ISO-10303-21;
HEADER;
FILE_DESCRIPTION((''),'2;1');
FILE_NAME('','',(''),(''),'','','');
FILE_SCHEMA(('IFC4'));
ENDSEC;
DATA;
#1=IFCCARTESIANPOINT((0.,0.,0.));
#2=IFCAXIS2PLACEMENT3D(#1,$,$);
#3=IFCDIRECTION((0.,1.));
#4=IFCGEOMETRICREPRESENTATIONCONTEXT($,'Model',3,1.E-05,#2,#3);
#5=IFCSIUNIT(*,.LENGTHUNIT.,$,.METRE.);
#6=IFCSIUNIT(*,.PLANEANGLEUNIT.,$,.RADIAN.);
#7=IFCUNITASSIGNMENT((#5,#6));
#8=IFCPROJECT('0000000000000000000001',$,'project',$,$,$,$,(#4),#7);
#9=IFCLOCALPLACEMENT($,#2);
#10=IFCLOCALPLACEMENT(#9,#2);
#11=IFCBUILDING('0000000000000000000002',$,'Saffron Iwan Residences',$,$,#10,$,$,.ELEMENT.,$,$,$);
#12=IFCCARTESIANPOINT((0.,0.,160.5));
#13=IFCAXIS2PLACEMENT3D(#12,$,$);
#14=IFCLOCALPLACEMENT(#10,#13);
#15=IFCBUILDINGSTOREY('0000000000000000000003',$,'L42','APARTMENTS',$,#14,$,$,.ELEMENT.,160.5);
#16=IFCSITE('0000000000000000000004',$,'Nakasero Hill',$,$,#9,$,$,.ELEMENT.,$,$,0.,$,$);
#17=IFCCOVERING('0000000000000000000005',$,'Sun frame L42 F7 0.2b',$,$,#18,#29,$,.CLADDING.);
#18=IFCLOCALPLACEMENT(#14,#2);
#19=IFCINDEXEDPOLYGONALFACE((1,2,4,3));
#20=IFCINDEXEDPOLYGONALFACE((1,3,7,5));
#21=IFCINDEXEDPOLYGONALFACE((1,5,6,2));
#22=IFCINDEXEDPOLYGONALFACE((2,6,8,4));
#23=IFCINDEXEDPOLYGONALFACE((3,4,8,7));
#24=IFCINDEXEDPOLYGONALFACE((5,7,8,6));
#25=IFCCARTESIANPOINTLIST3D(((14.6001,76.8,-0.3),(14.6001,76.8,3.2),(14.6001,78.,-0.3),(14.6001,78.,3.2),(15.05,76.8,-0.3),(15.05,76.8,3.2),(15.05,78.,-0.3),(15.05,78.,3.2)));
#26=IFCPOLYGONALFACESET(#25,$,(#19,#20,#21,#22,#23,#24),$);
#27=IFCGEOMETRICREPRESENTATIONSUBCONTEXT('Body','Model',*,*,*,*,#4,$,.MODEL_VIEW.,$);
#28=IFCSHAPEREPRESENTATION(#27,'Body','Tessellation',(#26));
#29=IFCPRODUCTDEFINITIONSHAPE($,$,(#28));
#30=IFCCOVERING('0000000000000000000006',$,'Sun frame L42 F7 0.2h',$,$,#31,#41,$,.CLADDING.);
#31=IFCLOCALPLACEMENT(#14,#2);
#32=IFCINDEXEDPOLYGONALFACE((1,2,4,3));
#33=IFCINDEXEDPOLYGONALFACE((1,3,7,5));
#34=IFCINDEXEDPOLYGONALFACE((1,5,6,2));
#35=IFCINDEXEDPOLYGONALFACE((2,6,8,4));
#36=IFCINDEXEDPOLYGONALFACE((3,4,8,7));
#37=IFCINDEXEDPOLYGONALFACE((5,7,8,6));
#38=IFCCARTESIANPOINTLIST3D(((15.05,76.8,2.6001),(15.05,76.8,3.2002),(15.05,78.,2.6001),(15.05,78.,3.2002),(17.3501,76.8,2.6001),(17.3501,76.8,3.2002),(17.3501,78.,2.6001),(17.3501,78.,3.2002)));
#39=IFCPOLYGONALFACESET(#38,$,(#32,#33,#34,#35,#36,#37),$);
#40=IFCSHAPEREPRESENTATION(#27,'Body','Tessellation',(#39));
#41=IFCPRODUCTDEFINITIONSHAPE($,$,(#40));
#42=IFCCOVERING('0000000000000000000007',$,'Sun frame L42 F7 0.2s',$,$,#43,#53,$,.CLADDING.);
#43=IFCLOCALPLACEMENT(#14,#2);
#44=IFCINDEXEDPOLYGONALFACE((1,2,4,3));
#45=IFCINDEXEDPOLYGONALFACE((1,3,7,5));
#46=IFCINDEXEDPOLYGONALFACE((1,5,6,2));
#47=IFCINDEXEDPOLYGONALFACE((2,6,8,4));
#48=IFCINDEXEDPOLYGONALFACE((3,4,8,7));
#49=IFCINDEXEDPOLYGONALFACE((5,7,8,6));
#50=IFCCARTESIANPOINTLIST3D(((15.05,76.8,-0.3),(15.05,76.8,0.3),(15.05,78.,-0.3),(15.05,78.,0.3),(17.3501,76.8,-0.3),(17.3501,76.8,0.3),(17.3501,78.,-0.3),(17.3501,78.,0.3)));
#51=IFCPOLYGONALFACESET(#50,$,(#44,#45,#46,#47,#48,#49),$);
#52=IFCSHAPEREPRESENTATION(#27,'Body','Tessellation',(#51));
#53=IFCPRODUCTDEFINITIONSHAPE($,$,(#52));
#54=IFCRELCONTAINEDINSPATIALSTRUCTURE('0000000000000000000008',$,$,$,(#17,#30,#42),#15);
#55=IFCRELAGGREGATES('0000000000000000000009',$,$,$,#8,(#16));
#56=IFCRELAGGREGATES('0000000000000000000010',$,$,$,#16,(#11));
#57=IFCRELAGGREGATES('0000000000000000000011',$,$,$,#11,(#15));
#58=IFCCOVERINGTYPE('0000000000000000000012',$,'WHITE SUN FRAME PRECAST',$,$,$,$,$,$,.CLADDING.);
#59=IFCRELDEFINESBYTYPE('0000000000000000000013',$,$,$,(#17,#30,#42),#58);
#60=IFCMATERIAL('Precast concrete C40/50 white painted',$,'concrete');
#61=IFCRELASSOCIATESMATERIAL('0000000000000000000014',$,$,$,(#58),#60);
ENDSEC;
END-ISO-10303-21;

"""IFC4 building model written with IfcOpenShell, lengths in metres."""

from ifc_helpers import new_model, si_unit, direction, frame, origin, place, context, subcontext, project, spatial, polyline, outline, extrude, material, type_object, element, save


model = new_model("IFC4")

# Units and contexts
model_context = context("Model", 3, precision=1e-05, world=origin(), true_north=direction((0.0, 1.0)))
body_context = subcontext(model_context, "Body", "Model", "MODEL_VIEW")
ifc_project = project(units=[si_unit("LENGTHUNIT", "METRE"), si_unit("PLANEANGLEUNIT", "RADIAN")], contexts=[model_context])

# Site, building, storey
site_placement = place(None, origin())
site = spatial("IfcSite", under=ifc_project, at=site_placement, Name="Nakasero Hill", CompositionType="ELEMENT", RefElevation=0.0)
building_placement = place(site_placement, origin())
building = spatial("IfcBuilding", under=site, at=building_placement, Name="Saffron Iwan Residences", CompositionType="ELEMENT")
storey_placement = place(building_placement, frame((0.0, 0.0, 160.5)))
storey = spatial("IfcBuildingStorey", under=building, at=storey_placement, Name="L42", Description="APARTMENTS", CompositionType="ELEMENT", Elevation=160.5)

# Coverings
ifc_material_1 = material(Name="Precast concrete C40/50 white painted", Category="concrete")
covering_type_1 = type_object("IfcCoveringType", Name="WHITE SUN FRAME PRECAST", PredefinedType="CLADDING", material=ifc_material_1)
covering_1_placement = place(storey_placement, frame((15.05, 76.8, -0.3), z_axis=(0.0, 1.0, 0.0), x_axis=(-1.0, 0.0, 0.0)))
element("IfcCovering", 1, at=covering_1_placement, inside=storey, type_object=covering_type_1, Name="Sun frame L42 F7 0.2b", PredefinedType="CLADDING", context=body_context, shape_type="SweptSolid", body=[
    extrude(outline(polyline([(0.0, 0.0), (0.45, 0.0), (0.45, 3.5), (0.0, 3.5), (0.0, 0.0)])), origin(), (0.0, 0.0, 1.0), 1.2),
])
for number, where, z_axis, x_axis, name in (
    (2, (17.3501, 76.8, 2.6001), (0.0, 1.0, 0.0), (-1.0, 0.0, 0.0), "Sun frame L42 F7 0.2h"),
    (3, (17.3501, 76.8, -0.3), (0.0, 1.0, 0.0), (-1.0, 0.0, 0.0), "Sun frame L42 F7 0.2s"),
):
    element("IfcCovering", number, at=place(storey_placement, frame(where, z_axis=z_axis, x_axis=x_axis)), inside=storey, type_object=covering_type_1, Name=name, PredefinedType="CLADDING", context=body_context, shape_type="SweptSolid", body=[
        extrude(outline(polyline([(0.0, 0.0), (2.3, 0.0), (2.3, 0.6001), (0.0, 0.6001), (0.0, 0.0)])), origin(), (0.0, 0.0, 1.0), 1.2),
    ])

save(model, "model.ifc")
